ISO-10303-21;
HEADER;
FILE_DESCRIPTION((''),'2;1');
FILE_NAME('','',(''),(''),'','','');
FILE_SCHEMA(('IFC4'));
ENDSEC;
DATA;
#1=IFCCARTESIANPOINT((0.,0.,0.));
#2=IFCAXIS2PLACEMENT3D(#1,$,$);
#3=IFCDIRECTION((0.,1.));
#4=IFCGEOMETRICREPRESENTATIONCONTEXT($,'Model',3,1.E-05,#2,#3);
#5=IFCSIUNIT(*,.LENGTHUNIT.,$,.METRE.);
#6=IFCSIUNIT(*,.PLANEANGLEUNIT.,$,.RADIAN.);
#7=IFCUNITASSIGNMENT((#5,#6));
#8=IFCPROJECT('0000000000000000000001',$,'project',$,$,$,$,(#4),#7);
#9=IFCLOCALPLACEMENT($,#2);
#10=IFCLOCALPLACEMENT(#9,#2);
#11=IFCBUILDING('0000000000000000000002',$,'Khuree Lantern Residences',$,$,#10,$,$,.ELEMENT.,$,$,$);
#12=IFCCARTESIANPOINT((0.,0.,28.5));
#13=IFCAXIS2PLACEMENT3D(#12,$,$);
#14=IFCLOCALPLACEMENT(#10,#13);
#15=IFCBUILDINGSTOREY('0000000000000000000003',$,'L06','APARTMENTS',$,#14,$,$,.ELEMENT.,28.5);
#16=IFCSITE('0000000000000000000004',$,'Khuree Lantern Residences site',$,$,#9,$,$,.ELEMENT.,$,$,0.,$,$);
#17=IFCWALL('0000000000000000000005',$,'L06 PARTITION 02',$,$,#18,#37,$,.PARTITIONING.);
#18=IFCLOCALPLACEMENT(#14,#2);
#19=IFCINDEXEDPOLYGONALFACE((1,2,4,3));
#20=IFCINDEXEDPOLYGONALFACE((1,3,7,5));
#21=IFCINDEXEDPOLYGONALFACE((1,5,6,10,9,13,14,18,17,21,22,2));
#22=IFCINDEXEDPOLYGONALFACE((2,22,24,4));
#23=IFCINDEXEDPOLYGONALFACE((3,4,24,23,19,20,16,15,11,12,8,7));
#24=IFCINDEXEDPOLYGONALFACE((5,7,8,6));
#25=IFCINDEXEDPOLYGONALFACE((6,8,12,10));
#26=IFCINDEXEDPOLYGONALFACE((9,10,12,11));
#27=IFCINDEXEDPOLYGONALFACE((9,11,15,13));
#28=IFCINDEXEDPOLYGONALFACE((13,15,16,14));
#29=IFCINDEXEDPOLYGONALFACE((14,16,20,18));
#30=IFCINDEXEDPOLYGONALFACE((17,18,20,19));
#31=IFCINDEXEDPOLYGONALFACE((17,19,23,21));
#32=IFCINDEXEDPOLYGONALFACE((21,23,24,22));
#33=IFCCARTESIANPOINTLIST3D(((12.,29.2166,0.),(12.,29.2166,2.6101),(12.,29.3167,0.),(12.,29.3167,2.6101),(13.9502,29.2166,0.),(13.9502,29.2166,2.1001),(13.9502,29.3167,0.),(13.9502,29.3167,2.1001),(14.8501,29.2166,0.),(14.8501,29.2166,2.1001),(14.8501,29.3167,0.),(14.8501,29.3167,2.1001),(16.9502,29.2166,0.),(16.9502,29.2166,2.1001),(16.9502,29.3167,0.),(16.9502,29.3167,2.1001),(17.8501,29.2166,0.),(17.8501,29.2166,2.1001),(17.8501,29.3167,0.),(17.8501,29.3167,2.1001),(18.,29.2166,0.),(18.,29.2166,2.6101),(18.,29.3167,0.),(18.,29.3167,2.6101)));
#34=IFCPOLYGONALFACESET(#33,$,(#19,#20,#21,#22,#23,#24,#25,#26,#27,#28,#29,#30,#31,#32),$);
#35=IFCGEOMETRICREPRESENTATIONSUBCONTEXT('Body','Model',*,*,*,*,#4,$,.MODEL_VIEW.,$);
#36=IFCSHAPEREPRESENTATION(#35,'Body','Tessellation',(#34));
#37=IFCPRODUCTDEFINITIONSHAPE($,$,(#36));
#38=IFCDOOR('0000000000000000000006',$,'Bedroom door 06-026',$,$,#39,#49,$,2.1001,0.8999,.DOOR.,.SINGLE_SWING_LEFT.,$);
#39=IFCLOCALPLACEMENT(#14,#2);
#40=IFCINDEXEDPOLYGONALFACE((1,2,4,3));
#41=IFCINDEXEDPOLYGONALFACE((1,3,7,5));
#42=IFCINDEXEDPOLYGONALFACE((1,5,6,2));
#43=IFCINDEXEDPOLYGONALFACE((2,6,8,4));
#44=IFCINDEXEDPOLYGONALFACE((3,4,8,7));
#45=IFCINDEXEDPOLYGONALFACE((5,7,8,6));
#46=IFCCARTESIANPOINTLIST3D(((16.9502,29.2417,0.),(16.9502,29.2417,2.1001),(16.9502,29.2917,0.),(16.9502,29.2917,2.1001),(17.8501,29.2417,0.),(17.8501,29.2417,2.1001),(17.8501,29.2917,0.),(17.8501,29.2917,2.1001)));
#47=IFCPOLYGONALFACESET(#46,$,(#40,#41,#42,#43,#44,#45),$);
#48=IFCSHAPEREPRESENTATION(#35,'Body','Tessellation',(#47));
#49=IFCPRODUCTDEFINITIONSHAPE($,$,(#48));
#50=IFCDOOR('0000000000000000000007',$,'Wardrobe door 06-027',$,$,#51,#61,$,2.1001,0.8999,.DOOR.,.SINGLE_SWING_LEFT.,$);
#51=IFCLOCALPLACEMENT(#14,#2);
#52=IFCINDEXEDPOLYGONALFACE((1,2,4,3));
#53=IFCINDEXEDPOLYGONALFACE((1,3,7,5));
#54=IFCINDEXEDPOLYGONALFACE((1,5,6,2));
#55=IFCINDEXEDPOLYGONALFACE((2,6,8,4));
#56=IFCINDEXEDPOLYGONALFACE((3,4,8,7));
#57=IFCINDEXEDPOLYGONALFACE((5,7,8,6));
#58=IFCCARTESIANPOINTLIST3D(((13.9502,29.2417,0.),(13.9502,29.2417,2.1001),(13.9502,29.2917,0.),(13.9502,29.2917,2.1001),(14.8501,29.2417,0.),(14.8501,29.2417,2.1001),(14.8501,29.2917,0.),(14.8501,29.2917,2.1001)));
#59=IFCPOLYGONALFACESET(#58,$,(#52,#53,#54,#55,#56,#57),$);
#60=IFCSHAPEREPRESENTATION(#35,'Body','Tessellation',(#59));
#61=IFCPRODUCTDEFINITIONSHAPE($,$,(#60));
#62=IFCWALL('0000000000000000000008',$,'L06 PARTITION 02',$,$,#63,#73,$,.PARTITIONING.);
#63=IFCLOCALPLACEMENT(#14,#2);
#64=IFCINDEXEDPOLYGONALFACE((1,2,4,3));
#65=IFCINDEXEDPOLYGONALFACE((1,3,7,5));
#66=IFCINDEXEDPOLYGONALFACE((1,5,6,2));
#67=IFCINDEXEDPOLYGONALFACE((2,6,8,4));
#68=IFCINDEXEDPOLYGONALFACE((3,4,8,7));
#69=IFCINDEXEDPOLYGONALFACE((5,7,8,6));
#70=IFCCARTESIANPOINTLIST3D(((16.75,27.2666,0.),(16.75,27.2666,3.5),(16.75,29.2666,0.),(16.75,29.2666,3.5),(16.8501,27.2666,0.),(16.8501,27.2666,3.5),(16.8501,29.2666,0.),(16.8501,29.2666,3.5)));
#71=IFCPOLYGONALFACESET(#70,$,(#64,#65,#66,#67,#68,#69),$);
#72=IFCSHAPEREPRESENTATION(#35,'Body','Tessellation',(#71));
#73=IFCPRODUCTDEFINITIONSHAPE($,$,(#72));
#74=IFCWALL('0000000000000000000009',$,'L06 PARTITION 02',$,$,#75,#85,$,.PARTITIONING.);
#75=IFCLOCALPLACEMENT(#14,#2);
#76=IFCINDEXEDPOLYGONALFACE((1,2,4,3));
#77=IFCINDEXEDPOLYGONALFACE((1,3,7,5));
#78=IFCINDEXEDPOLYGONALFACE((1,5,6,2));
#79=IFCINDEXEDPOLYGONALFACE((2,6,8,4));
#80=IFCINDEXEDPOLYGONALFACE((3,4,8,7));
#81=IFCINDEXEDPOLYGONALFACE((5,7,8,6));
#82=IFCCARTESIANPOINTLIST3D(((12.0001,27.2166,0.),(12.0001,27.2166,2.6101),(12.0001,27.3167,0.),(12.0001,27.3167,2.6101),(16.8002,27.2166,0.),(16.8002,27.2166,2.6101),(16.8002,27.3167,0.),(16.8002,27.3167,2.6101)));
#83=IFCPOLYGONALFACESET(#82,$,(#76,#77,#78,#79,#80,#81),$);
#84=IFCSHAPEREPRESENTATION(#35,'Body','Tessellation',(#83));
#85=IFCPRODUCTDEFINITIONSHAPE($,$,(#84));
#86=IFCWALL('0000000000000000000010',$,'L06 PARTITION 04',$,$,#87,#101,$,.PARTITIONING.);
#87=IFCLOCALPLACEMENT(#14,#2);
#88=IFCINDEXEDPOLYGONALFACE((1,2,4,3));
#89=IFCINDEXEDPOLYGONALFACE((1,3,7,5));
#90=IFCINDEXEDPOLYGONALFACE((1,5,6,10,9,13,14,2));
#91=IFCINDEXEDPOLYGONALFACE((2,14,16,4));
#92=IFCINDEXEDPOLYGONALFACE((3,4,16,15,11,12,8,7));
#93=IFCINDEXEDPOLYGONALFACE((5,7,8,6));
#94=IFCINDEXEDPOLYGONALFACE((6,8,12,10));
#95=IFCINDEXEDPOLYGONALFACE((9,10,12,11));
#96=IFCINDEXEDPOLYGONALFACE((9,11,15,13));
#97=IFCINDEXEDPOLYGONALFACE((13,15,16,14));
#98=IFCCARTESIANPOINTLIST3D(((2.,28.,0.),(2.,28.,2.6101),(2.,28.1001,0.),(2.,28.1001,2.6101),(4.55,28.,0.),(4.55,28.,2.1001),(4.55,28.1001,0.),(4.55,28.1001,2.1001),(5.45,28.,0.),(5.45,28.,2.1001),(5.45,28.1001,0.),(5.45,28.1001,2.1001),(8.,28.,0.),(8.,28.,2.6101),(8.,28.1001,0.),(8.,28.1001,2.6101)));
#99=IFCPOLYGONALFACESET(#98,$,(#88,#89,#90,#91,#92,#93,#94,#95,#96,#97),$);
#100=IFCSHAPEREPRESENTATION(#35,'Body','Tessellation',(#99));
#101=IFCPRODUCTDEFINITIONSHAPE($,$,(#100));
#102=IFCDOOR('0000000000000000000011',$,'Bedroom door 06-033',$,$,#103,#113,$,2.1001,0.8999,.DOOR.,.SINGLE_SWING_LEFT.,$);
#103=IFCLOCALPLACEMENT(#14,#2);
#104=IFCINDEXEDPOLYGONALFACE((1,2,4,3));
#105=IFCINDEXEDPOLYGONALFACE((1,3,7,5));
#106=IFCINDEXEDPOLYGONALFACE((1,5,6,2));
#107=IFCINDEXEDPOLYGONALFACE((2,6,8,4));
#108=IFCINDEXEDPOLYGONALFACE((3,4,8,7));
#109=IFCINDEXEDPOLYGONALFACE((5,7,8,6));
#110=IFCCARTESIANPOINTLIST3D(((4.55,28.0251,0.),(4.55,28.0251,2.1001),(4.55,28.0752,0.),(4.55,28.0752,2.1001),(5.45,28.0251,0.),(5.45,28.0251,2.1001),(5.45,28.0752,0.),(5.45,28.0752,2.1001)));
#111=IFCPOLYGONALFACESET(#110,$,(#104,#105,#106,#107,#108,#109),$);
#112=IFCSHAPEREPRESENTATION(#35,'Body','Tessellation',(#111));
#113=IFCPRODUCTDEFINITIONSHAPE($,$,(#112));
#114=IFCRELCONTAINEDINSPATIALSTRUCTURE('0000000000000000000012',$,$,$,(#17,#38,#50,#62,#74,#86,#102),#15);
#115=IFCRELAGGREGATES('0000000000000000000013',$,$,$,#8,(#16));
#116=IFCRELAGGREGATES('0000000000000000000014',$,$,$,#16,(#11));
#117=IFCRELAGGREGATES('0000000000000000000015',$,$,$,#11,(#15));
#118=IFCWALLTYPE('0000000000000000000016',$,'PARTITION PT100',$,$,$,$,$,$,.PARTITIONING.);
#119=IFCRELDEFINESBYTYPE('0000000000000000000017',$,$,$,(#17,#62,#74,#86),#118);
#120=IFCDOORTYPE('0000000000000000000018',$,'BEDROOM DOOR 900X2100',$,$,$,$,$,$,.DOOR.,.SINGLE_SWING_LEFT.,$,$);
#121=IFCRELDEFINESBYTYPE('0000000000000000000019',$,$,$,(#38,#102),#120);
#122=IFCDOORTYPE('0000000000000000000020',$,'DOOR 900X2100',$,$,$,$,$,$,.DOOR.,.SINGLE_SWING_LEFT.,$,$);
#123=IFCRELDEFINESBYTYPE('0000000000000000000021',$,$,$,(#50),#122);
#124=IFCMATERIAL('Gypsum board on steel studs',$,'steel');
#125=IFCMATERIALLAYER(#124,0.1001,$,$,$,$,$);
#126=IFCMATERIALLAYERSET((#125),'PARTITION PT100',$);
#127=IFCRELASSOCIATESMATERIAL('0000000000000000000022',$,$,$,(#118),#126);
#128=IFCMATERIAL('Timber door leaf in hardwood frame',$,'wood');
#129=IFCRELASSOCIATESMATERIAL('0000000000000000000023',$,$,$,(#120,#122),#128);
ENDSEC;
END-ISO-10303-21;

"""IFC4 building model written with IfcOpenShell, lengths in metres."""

from ifc_helpers import new_model, si_unit, direction, frame, frame_2d, origin, place, context, subcontext, project, spatial, rectangle, extrude, material, layer, layer_set, type_object, element, fill, save


model = new_model("IFC4")

# Units and contexts
model_context = context("Model", 3, precision=1e-05, world=origin(), true_north=direction((0.0, 1.0)))
body_context = subcontext(model_context, "Body", "Model", "MODEL_VIEW")
ifc_project = project(units=[si_unit("LENGTHUNIT", "METRE"), si_unit("PLANEANGLEUNIT", "RADIAN")], contexts=[model_context])

# Site, building, storey
site_placement = place(None, origin())
site = spatial("IfcSite", under=ifc_project, at=site_placement, Name="Khuree Lantern Residences site", CompositionType="ELEMENT", RefElevation=0.0)
building_placement = place(site_placement, origin())
building = spatial("IfcBuilding", under=site, at=building_placement, Name="Khuree Lantern Residences", CompositionType="ELEMENT")
storey_placement = place(building_placement, frame((0.0, 0.0, 28.5)))
storey = spatial("IfcBuildingStorey", under=building, at=storey_placement, Name="L06", Description="APARTMENTS", CompositionType="ELEMENT", Elevation=28.5)

# Shared definitions
ifc_material_1 = material(Name="Timber door leaf in hardwood frame", Category="wood")

# Shared definitions
ifc_material_2 = material(Name="Gypsum board on steel studs", Category="steel")
ifc_layer_1 = layer(ifc_material_2, 0.1001)
ifc_layer_set_1 = layer_set([ifc_layer_1], Name="PARTITION PT100")
wall_type_1 = type_object("IfcWallType", Name="PARTITION PT100", PredefinedType="PARTITIONING", material=ifc_layer_set_1)

# Wall, openings, doors
wall_1_placement = place(storey_placement, frame((18.0, 29.2666, 0.0), z_axis=(0.0, 0.0, 1.0), x_axis=(-1.0, 0.0, 0.0)))
wall_1 = element("IfcWall", 1, at=wall_1_placement, inside=storey, type_object=wall_type_1, Name="L06 PARTITION 02", PredefinedType="PARTITIONING", context=body_context, shape_type="SweptSolid", body=[
    extrude(rectangle(XDim=6.0, YDim=0.1001, at=frame_2d((3.0, 0.0))), origin(), (0.0, 0.0, 1.0), 2.6101),
])
opening_1_placement = place(wall_1_placement, frame((0.1499, 0.0, 0.0)))
opening_1 = element("IfcOpeningElement", 2, at=opening_1_placement, cuts=wall_1, PredefinedType="OPENING", context=body_context, shape_type="SweptSolid", body=[
    extrude(rectangle(XDim=0.8999, YDim=2.1001, at=frame_2d((0.45, 1.05))), frame((0.0, 0.0601, 0.0), z_axis=(0.0, -1.0, 0.0), x_axis=(1.0, 0.0, 0.0)), (0.0, 0.0, 1.0), 0.1201),
])
opening_2_placement = place(wall_1_placement, frame((3.1499, 0.0, 0.0)))
opening_2 = element("IfcOpeningElement", 3, at=opening_2_placement, cuts=wall_1, PredefinedType="OPENING", context=body_context, shape_type="SweptSolid", body=[
    extrude(rectangle(XDim=0.8999, YDim=2.1001, at=frame_2d((0.45, 1.05))), frame((0.0, 0.0601, 0.0), z_axis=(0.0, -1.0, 0.0), x_axis=(1.0, 0.0, 0.0)), (0.0, 0.0, 1.0), 0.1201),
])
door_type_1 = type_object("IfcDoorType", Name="BEDROOM DOOR 900X2100", OperationType="SINGLE_SWING_LEFT", PredefinedType="DOOR", material=ifc_material_1)
door_1_placement = place(opening_1_placement, origin())
door_1 = element("IfcDoor", 4, at=door_1_placement, inside=storey, type_object=door_type_1, Name="Bedroom door 06-026", OperationType="SINGLE_SWING_LEFT", OverallHeight=2.1001, OverallWidth=0.8999, PredefinedType="DOOR", context=body_context, shape_type="SweptSolid", body=[
    extrude(rectangle(XDim=0.8999, YDim=2.1001, at=frame_2d((0.45, 1.05))), frame((0.0, 0.0249, 0.0), z_axis=(0.0, -1.0, 0.0), x_axis=(1.0, 0.0, 0.0)), (0.0, 0.0, 1.0), 0.05),
])
fill(opening_1, door_1)
door_type_2 = type_object("IfcDoorType", Name="DOOR 900X2100", OperationType="SINGLE_SWING_LEFT", PredefinedType="DOOR", material=ifc_material_1)
door_2_placement = place(opening_2_placement, origin())
door_2 = element("IfcDoor", 5, at=door_2_placement, inside=storey, type_object=door_type_2, Name="Wardrobe door 06-027", OperationType="SINGLE_SWING_LEFT", OverallHeight=2.1001, OverallWidth=0.8999, PredefinedType="DOOR", context=body_context, shape_type="SweptSolid", body=[
    extrude(rectangle(XDim=0.8999, YDim=2.1001, at=frame_2d((0.45, 1.05))), frame((0.0, 0.0249, 0.0), z_axis=(0.0, -1.0, 0.0), x_axis=(1.0, 0.0, 0.0)), (0.0, 0.0, 1.0), 0.05),
])
fill(opening_2, door_2)

# Walls
wall_2_placement = place(storey_placement, frame((16.8, 27.2666, 0.0), z_axis=(0.0, 0.0, 1.0), x_axis=(0.0, 1.0, 0.0)))
element("IfcWall", 6, at=wall_2_placement, inside=storey, type_object=wall_type_1, Name="L06 PARTITION 02", PredefinedType="PARTITIONING", context=body_context, shape_type="SweptSolid", body=[
    extrude(rectangle(XDim=2.0, YDim=0.1001, at=frame_2d((1.0, 0.0))), origin(), (0.0, 0.0, 1.0), 3.5),
])
wall_3_placement = place(storey_placement, frame((16.8, 27.2666, 0.0), z_axis=(0.0, 0.0, 1.0), x_axis=(-1.0, 0.0, 0.0)))
element("IfcWall", 7, at=wall_3_placement, inside=storey, type_object=wall_type_1, Name="L06 PARTITION 02", PredefinedType="PARTITIONING", context=body_context, shape_type="SweptSolid", body=[
    extrude(rectangle(XDim=4.8, YDim=0.1001, at=frame_2d((2.3999, 0.0))), origin(), (0.0, 0.0, 1.0), 2.6101),
])

# Wall, opening, door
wall_4_placement = place(storey_placement, frame((8.0, 28.05, 0.0), z_axis=(0.0, 0.0, 1.0), x_axis=(-1.0, 0.0, 0.0)))
wall_4 = element("IfcWall", 8, at=wall_4_placement, inside=storey, type_object=wall_type_1, Name="L06 PARTITION 04", PredefinedType="PARTITIONING", context=body_context, shape_type="SweptSolid", body=[
    extrude(rectangle(XDim=6.0, YDim=0.1001, at=frame_2d((3.0, 0.0))), origin(), (0.0, 0.0, 1.0), 2.6101),
])
opening_3_placement = place(wall_4_placement, frame((2.55, 0.0, 0.0)))
opening_3 = element("IfcOpeningElement", 9, at=opening_3_placement, cuts=wall_4, PredefinedType="OPENING", context=body_context, shape_type="SweptSolid", body=[
    extrude(rectangle(XDim=0.8999, YDim=2.1001, at=frame_2d((0.45, 1.05))), frame((0.0, 0.0601, 0.0), z_axis=(0.0, -1.0, 0.0), x_axis=(1.0, 0.0, 0.0)), (0.0, 0.0, 1.0), 0.1201),
])
door_3_placement = place(opening_3_placement, origin())
door_3 = element("IfcDoor", 10, at=door_3_placement, inside=storey, type_object=door_type_1, Name="Bedroom door 06-033", OperationType="SINGLE_SWING_LEFT", OverallHeight=2.1001, OverallWidth=0.8999, PredefinedType="DOOR", context=body_context, shape_type="SweptSolid", body=[
    extrude(rectangle(XDim=0.8999, YDim=2.1001, at=frame_2d((0.45, 1.05))), frame((0.0, 0.0249, 0.0), z_axis=(0.0, -1.0, 0.0), x_axis=(1.0, 0.0, 0.0)), (0.0, 0.0, 1.0), 0.05),
])
fill(opening_3, door_3)

save(model, "model.ifc")
